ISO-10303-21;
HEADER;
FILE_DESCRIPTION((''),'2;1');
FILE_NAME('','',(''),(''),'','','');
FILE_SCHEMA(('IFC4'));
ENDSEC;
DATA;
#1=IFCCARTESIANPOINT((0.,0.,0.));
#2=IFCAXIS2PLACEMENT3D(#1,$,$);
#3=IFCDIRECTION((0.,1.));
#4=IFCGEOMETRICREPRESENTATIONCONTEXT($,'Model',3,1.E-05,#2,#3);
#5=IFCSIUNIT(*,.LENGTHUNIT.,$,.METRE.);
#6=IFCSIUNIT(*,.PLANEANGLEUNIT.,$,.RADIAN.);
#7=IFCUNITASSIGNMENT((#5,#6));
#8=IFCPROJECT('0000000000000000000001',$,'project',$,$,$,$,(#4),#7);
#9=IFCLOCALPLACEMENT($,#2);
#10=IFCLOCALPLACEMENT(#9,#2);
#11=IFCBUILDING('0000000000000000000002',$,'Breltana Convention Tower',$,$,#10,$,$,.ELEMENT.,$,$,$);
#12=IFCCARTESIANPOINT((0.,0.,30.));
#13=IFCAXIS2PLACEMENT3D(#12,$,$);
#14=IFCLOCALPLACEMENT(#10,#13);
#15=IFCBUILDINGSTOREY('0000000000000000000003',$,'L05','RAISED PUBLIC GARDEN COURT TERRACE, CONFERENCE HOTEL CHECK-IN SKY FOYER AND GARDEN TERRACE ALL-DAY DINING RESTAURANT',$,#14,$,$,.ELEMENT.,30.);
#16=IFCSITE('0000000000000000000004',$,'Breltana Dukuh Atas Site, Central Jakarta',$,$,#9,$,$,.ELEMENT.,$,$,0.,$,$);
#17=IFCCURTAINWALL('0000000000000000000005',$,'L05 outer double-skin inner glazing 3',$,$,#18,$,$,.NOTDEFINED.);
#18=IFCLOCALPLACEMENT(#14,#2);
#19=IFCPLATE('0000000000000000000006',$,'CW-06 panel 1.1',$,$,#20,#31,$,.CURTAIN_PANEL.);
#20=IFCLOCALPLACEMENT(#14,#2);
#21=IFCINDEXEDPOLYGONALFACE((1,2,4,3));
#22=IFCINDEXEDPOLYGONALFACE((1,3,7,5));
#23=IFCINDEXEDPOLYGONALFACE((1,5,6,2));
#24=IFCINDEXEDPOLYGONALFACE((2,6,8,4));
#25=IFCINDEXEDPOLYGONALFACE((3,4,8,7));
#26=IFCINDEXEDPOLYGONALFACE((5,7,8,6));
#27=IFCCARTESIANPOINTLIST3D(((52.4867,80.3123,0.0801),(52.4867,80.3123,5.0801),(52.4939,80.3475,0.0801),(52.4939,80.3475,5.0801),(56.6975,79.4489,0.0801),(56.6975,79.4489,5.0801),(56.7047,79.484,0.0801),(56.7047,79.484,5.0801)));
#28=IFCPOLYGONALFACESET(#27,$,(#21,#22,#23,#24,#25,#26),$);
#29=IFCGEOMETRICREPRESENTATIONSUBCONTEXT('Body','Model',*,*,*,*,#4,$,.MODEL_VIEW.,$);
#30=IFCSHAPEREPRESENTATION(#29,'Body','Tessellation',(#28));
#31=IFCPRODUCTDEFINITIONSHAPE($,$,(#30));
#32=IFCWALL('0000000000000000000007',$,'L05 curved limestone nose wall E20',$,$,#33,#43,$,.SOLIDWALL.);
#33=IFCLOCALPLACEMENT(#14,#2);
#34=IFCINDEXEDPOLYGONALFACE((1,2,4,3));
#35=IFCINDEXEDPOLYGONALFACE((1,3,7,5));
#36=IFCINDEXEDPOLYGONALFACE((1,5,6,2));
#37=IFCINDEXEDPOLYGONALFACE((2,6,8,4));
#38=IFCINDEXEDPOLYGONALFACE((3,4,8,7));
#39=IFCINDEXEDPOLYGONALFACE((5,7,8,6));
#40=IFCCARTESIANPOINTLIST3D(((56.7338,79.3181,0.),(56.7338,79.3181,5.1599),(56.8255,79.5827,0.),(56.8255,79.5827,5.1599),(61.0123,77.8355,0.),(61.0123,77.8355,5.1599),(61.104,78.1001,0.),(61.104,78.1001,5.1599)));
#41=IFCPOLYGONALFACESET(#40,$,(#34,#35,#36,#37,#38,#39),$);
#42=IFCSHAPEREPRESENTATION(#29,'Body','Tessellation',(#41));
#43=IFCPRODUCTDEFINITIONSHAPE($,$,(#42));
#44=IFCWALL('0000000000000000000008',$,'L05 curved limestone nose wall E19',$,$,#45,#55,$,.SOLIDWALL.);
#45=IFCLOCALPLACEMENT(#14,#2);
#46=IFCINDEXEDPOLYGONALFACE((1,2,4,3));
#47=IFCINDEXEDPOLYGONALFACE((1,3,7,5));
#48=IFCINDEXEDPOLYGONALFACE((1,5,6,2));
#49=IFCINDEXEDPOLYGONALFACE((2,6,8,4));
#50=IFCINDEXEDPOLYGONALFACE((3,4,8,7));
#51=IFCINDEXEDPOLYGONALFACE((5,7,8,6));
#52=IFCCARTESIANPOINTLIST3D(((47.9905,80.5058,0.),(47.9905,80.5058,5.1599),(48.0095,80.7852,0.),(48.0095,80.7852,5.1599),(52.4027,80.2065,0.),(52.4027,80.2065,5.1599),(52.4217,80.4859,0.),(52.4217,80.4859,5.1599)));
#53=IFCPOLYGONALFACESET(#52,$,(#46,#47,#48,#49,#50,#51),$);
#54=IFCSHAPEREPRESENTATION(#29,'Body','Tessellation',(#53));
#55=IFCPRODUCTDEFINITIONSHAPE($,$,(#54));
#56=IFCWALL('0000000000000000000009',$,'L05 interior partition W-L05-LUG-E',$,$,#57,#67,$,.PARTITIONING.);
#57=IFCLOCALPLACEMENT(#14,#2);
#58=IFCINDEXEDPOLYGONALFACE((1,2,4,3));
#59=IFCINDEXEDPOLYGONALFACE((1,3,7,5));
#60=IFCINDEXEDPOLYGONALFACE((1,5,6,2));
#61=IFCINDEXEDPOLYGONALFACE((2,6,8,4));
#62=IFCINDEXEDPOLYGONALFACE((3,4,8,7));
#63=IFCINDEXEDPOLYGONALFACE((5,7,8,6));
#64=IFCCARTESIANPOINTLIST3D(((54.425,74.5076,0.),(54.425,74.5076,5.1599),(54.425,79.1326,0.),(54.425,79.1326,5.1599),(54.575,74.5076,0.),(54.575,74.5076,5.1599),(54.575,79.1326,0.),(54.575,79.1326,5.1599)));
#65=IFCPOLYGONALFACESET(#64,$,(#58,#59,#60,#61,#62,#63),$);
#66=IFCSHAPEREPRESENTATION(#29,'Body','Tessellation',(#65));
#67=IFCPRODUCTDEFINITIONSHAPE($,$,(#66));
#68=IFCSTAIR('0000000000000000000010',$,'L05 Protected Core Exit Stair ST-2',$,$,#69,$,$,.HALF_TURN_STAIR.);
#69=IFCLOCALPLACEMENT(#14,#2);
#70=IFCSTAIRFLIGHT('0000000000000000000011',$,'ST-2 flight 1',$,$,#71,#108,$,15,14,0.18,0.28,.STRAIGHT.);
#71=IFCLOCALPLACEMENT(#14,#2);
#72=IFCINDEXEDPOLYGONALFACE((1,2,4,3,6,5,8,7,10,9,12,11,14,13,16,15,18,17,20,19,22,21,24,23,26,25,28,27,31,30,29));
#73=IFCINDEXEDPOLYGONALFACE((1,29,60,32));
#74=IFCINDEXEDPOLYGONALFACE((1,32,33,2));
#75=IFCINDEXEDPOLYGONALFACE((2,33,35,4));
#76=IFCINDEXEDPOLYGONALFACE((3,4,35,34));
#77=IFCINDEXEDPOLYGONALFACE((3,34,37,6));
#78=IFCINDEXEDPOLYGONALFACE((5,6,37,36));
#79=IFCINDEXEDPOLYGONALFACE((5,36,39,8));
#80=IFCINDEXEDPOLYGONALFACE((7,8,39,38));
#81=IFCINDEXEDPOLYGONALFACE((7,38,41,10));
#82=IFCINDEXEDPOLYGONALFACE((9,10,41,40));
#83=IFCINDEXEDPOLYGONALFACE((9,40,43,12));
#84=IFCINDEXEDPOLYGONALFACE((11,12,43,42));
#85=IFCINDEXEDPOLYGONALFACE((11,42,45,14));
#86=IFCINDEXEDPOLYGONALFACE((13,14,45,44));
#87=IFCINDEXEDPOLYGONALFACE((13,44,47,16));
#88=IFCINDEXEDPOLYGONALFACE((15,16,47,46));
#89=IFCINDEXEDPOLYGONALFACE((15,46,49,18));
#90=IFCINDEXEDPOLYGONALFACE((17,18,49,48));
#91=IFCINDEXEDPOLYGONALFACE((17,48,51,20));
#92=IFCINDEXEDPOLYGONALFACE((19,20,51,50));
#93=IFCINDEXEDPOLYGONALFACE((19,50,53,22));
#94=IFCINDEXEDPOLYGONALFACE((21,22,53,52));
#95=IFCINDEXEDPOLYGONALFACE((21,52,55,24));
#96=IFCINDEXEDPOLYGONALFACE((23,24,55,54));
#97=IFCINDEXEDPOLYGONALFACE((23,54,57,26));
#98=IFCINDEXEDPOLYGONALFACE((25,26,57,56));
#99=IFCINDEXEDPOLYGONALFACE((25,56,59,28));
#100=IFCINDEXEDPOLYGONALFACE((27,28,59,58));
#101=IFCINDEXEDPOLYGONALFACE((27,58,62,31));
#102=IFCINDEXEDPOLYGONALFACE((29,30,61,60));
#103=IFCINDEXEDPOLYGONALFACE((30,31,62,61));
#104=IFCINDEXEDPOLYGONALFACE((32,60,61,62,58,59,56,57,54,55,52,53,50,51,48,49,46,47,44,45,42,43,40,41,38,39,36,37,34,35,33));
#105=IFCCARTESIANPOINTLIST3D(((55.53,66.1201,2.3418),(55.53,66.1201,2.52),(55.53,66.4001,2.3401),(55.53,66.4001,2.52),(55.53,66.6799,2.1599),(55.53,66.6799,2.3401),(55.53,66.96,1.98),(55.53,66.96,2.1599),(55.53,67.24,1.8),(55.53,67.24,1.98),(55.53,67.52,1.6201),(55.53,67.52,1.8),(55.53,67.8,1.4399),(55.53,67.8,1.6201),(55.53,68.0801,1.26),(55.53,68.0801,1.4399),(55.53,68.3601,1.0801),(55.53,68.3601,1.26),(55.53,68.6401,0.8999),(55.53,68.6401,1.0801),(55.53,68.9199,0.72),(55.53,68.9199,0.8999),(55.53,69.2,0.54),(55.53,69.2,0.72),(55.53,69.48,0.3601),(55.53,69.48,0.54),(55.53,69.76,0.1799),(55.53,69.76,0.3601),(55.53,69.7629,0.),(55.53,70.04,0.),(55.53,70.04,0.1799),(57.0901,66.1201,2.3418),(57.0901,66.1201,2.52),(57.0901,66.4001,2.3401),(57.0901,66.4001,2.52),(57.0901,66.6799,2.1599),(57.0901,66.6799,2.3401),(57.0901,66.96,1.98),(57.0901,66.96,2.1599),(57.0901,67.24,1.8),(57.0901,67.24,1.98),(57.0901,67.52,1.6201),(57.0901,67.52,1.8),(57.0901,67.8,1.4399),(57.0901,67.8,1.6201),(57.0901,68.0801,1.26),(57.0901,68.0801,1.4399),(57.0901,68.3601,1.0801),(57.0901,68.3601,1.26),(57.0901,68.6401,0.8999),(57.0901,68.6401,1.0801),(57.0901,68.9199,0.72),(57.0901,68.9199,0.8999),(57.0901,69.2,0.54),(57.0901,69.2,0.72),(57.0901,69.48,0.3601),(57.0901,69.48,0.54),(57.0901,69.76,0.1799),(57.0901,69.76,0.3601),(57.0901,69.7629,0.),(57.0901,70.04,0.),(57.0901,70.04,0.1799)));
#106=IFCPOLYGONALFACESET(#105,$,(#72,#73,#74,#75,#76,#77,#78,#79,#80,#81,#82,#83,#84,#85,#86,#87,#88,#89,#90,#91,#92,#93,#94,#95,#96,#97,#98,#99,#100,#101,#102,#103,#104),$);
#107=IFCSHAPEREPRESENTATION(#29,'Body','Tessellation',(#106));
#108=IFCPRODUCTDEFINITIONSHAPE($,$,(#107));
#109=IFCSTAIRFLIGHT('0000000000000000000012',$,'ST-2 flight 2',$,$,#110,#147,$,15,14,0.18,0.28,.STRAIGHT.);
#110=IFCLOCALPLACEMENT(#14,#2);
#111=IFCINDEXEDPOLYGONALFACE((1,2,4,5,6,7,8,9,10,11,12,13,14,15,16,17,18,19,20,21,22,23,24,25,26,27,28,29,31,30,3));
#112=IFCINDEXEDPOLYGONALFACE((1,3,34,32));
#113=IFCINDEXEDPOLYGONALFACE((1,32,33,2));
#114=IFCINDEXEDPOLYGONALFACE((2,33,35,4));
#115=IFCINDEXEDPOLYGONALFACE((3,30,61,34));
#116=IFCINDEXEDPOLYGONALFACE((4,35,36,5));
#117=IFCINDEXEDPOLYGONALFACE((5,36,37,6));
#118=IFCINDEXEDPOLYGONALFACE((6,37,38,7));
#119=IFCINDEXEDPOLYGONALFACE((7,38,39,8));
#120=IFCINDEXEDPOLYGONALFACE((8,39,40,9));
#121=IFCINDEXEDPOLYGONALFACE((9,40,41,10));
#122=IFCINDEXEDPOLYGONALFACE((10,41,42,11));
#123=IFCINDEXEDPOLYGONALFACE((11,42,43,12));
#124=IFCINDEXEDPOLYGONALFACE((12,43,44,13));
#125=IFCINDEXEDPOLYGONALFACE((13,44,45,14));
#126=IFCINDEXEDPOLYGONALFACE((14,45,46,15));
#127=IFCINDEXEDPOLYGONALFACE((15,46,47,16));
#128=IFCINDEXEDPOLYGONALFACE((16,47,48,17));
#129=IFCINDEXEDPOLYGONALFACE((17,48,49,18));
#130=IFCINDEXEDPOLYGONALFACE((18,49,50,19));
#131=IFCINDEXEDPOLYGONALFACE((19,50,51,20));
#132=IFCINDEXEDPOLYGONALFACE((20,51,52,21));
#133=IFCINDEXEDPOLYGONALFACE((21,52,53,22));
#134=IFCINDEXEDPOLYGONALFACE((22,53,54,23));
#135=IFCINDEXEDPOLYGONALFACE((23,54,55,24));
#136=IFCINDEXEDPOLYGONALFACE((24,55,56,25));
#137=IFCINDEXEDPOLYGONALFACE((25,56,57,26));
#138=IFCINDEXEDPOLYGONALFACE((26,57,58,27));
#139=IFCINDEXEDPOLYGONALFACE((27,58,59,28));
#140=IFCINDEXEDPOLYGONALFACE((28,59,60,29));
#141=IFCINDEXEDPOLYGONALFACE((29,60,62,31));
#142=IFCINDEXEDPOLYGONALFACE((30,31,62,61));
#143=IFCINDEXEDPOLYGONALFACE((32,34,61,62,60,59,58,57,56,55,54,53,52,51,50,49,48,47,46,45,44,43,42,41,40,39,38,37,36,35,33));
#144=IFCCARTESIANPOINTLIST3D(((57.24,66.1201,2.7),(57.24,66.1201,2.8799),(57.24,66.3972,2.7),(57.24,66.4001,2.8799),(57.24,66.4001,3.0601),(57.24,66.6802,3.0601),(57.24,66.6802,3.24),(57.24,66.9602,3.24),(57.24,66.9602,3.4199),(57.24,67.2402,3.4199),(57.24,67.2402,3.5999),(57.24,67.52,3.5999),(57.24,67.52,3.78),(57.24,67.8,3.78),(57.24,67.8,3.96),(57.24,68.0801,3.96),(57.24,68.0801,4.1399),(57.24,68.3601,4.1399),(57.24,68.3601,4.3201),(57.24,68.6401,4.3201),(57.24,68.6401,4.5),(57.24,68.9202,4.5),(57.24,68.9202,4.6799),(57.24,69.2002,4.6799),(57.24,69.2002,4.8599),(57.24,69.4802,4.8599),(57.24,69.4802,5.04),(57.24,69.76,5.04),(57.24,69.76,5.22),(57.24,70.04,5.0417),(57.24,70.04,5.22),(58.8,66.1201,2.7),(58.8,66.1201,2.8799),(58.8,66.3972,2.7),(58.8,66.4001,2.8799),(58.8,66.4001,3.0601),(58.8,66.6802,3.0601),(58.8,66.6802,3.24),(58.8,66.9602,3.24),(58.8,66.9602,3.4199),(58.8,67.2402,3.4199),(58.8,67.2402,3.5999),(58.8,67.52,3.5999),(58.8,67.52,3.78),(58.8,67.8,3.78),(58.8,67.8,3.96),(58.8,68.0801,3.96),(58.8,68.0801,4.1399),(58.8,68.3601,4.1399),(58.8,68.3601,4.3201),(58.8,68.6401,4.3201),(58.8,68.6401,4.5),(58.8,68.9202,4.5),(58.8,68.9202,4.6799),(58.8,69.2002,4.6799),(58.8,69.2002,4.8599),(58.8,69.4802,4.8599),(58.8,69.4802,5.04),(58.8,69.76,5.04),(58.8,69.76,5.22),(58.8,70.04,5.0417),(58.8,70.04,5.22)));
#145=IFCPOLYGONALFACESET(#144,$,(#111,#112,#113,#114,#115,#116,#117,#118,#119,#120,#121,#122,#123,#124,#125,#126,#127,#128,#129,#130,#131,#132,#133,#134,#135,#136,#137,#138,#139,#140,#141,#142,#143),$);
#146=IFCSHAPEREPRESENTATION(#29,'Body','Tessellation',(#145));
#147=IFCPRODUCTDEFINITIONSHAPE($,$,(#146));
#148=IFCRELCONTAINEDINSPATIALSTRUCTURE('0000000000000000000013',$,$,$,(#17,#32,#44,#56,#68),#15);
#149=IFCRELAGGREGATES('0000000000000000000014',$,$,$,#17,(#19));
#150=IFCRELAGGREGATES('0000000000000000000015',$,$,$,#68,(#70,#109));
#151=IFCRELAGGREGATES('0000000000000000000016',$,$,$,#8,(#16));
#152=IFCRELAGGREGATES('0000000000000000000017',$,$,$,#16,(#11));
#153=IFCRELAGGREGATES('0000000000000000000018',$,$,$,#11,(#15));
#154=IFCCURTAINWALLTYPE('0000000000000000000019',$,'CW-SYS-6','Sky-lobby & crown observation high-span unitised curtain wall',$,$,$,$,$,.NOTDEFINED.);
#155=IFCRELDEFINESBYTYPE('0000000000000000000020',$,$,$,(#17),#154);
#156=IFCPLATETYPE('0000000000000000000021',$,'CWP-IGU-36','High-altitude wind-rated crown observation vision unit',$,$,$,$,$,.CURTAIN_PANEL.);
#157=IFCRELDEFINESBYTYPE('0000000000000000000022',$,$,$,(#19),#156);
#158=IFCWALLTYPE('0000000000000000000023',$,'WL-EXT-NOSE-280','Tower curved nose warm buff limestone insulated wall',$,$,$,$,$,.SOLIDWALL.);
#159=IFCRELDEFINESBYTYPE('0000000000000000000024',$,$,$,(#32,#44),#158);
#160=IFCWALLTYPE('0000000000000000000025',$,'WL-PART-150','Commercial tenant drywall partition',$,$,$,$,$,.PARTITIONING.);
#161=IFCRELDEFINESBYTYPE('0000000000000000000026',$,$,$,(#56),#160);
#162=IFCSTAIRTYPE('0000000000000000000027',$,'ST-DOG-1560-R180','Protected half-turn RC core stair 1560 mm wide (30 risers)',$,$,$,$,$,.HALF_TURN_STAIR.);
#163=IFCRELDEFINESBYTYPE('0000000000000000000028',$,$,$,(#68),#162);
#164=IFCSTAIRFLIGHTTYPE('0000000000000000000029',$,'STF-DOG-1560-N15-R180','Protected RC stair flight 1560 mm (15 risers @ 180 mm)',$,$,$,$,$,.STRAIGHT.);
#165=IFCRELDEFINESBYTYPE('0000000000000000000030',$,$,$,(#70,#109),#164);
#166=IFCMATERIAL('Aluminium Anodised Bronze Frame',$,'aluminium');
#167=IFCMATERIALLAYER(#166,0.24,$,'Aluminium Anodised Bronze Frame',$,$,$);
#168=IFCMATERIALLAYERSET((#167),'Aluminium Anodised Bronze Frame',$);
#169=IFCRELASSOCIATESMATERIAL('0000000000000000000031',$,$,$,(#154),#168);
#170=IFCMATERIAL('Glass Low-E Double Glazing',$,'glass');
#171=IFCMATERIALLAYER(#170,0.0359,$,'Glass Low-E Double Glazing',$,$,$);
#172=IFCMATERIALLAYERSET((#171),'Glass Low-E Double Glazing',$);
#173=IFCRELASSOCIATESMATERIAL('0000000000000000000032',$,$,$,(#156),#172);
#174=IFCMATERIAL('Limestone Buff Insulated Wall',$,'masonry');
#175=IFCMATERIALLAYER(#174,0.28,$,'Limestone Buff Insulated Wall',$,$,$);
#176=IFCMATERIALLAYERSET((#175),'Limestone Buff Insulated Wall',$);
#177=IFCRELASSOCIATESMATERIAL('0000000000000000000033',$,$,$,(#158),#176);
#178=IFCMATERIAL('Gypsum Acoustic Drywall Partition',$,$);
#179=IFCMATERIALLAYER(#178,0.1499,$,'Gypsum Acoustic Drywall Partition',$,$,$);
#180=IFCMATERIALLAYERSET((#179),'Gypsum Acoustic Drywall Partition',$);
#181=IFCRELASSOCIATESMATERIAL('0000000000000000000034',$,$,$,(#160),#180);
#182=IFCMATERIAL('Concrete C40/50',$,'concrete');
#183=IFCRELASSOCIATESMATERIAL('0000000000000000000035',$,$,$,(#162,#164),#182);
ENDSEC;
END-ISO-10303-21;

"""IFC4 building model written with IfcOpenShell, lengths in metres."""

from ifc_helpers import new_model, si_unit, direction, frame, frame_2d, origin, origin_2d, place, context, subcontext, project, spatial, polyline, rectangle, outline, extrude, source, transform, mapped, material, layer, layer_set, type_object, element, aggregate, save


model = new_model("IFC4")

# Units and contexts
model_context = context("Model", 3, precision=1e-05, world=origin(), true_north=direction((0.0, 1.0)))
body_context = subcontext(model_context, "Body", "Model", "MODEL_VIEW")
ifc_project = project(units=[si_unit("LENGTHUNIT", "METRE"), si_unit("PLANEANGLEUNIT", "RADIAN")], contexts=[model_context])

# Site, building, storey
site_placement = place(None, origin())
site = spatial("IfcSite", under=ifc_project, at=site_placement, Name="Breltana Dukuh Atas Site, Central Jakarta", CompositionType="ELEMENT", RefElevation=0.0)
building_placement = place(site_placement, origin())
building = spatial("IfcBuilding", under=site, at=building_placement, Name="Breltana Convention Tower", CompositionType="ELEMENT")
storey_placement = place(building_placement, frame((0.0, 0.0, 30.0)))
storey = spatial("IfcBuildingStorey", under=building, at=storey_placement, Name="L05", Description="RAISED PUBLIC GARDEN COURT TERRACE, CONFERENCE HOTEL CHECK-IN SKY FOYER AND GARDEN TERRACE ALL-DAY DINING RESTAURANT", CompositionType="ELEMENT", Elevation=30.0)

# Curtain wall, plate
ifc_material_1 = material(Name="Aluminium Anodised Bronze Frame", Category="aluminium")
ifc_layer_1 = layer(ifc_material_1, 0.24, Name="Aluminium Anodised Bronze Frame")
ifc_layer_set_1 = layer_set([ifc_layer_1], Name="Aluminium Anodised Bronze Frame")
curtain_wall_type = type_object("IfcCurtainWallType", Name="CW-SYS-6", Description="Sky-lobby & crown observation high-span unitised curtain wall", PredefinedType="NOTDEFINED", material=ifc_layer_set_1)
curtain_wall_placement = place(storey_placement, origin())
curtain_wall = element("IfcCurtainWall", 1, at=curtain_wall_placement, inside=storey, type_object=curtain_wall_type, Name="L05 outer double-skin inner glazing 3", PredefinedType="NOTDEFINED")
ifc_material_2 = material(Name="Glass Low-E Double Glazing", Category="glass")
ifc_layer_2 = layer(ifc_material_2, 0.0359, Name="Glass Low-E Double Glazing")
ifc_layer_set_2 = layer_set([ifc_layer_2], Name="Glass Low-E Double Glazing")
plate_type = type_object("IfcPlateType", Name="CWP-IGU-36", Description="High-altitude wind-rated crown observation vision unit", PredefinedType="CURTAIN_PANEL", material=ifc_layer_set_2)
shared_shape_1 = source(origin(), body_context, "Body", "SweptSolid", [
    extrude(rectangle(XDim=4.2983, YDim=0.0359, at=origin_2d()), origin(), (0.0, 0.0, 1.0), 5.0),
])
plate_placement = place(storey_placement, frame((54.5957, 79.8982, 0.0801), z_axis=(0.0, 0.0, 1.0), x_axis=(0.979615, -0.200885, 0.0)))
plate = element("IfcPlate", 2, at=plate_placement, type_object=plate_type, Name="CW-06 panel 1.1", PredefinedType="CURTAIN_PANEL", context=body_context, shape_type="MappedRepresentation", body=[
    mapped(shared_shape_1, transform((0.0, 0.0, 0.0), scale=1.0)),
])
aggregate(curtain_wall, [plate])

# Walls
ifc_material_3 = material(Name="Limestone Buff Insulated Wall", Category="masonry")
ifc_layer_3 = layer(ifc_material_3, 0.28, Name="Limestone Buff Insulated Wall")
ifc_layer_set_3 = layer_set([ifc_layer_3], Name="Limestone Buff Insulated Wall")
wall_type_1 = type_object("IfcWallType", Name="WL-EXT-NOSE-280", Description="Tower curved nose warm buff limestone insulated wall", PredefinedType="SOLIDWALL", material=ifc_layer_set_3)
shared_shape_2 = source(origin(), body_context, "Body", "SweptSolid", [
    extrude(rectangle(XDim=4.5281, YDim=0.28, at=frame_2d((2.2642, 0.0))), origin(), (0.0, 0.0, 1.0), 5.1599),
])
wall_1_placement = place(storey_placement, frame((56.7795, 79.4504, 0.0), z_axis=(0.0, 0.0, 1.0), x_axis=(0.944875, -0.327431, 0.0)))
element("IfcWall", 3, at=wall_1_placement, inside=storey, type_object=wall_type_1, Name="L05 curved limestone nose wall E20", PredefinedType="SOLIDWALL", context=body_context, shape_type="MappedRepresentation", body=[
    mapped(shared_shape_2, transform((0.0, 0.0, 0.0), scale=1.0)),
])
shared_shape_3 = source(origin(), body_context, "Body", "SweptSolid", [
    extrude(rectangle(XDim=4.4224, YDim=0.28, at=frame_2d((2.2112, 0.0))), origin(), (0.0, 0.0, 1.0), 5.1599),
])
wall_2_placement = place(storey_placement, frame((48.0, 80.6455, 0.0), z_axis=(0.0, 0.0, 1.0), x_axis=(0.997707, -0.067684, 0.0)))
element("IfcWall", 4, at=wall_2_placement, inside=storey, type_object=wall_type_1, Name="L05 curved limestone nose wall E19", PredefinedType="SOLIDWALL", context=body_context, shape_type="MappedRepresentation", body=[
    mapped(shared_shape_3, transform((0.0, 0.0, 0.0), scale=1.0)),
])

# Wall
ifc_material_4 = material(Name="Gypsum Acoustic Drywall Partition")
ifc_layer_4 = layer(ifc_material_4, 0.1499, Name="Gypsum Acoustic Drywall Partition")
ifc_layer_set_4 = layer_set([ifc_layer_4], Name="Gypsum Acoustic Drywall Partition")
wall_type_2 = type_object("IfcWallType", Name="WL-PART-150", Description="Commercial tenant drywall partition", PredefinedType="PARTITIONING", material=ifc_layer_set_4)
shared_shape_4 = source(origin(), body_context, "Body", "SweptSolid", [
    extrude(rectangle(XDim=4.625, YDim=0.1499, at=frame_2d((2.3125, 0.0))), origin(), (0.0, 0.0, 1.0), 5.1599),
])
wall_3_placement = place(storey_placement, frame((54.5, 74.5076, 0.0), z_axis=(0.0, 0.0, 1.0), x_axis=(0.0, 1.0, 0.0)))
element("IfcWall", 5, at=wall_3_placement, inside=storey, type_object=wall_type_2, Name="L05 interior partition W-L05-LUG-E", PredefinedType="PARTITIONING", context=body_context, shape_type="MappedRepresentation", body=[
    mapped(shared_shape_4, transform((0.0, 0.0, 0.0), scale=1.0)),
])

# Stair, stair flights
ifc_material_5 = material(Name="Concrete C40/50", Category="concrete")
stair_type = type_object("IfcStairType", Name="ST-DOG-1560-R180", Description="Protected half-turn RC core stair 1560 mm wide (30 risers)", PredefinedType="HALF_TURN_STAIR", material=ifc_material_5)
stair_placement = place(storey_placement, origin())
stair = element("IfcStair", 6, at=stair_placement, inside=storey, type_object=stair_type, Name="L05 Protected Core Exit Stair ST-2", PredefinedType="HALF_TURN_STAIR")
stair_flight_type = type_object("IfcStairFlightType", Name="STF-DOG-1560-N15-R180", Description="Protected RC stair flight 1560 mm (15 risers @ 180 mm)", PredefinedType="STRAIGHT", material=ifc_material_5)
stair_flight_1_placement = place(storey_placement, frame((56.3101, 70.04, 0.0), z_axis=(0.0, 0.0, 1.0), x_axis=(0.0, -1.0, 0.0)))
stair_flight_1 = element("IfcStairFlight", 7, at=stair_flight_1_placement, type_object=stair_flight_type, Name="ST-2 flight 1", NumberOfRisers=15, NumberOfTreads=14, PredefinedType="STRAIGHT", RiserHeight=0.18, TreadLength=0.28, context=body_context, shape_type="SweptSolid", body=[
    extrude(outline(polyline([(0.0, 0.0), (0.0, 0.1799), (0.28, 0.1799), (0.28, 0.3601), (0.5601, 0.3601), (0.5601, 0.54), (0.8401, 0.54), (0.8401, 0.72), (1.1201, 0.72), (1.1201, 0.8999), (1.3999, 0.8999), (1.3999, 1.0801), (1.6799, 1.0801), (1.6799, 1.26), (1.96, 1.26), (1.96, 1.4399), (2.24, 1.4399), (2.24, 1.6201), (2.52, 1.6201), (2.52, 1.8), (2.8, 1.8), (2.8, 1.98), (3.0801, 1.98), (3.0801, 2.1599), (3.3601, 2.1599), (3.3601, 2.3401), (3.6399, 2.3401), (3.6399, 2.52), (3.9199, 2.52), (3.9199, 2.7), (3.9199, 2.3418), (0.2771, 0.0), (0.0, 0.0)])), frame((0.0, 0.78, 0.0), z_axis=(0.0, -1.0, 0.0), x_axis=(1.0, 0.0, 0.0)), (0.0, 0.0, 1.0), 1.5601),
])
stair_flight_2_placement = place(storey_placement, frame((58.02, 66.1201, 2.7), z_axis=(0.0, 0.0, 1.0), x_axis=(0.0, 1.0, 0.0)))
stair_flight_2 = element("IfcStairFlight", 8, at=stair_flight_2_placement, type_object=stair_flight_type, Name="ST-2 flight 2", NumberOfRisers=15, NumberOfTreads=14, PredefinedType="STRAIGHT", RiserHeight=0.18, TreadLength=0.28, context=body_context, shape_type="SweptSolid", body=[
    extrude(outline(polyline([(0.0, 0.0), (0.0, 0.1799), (0.28, 0.1799), (0.28, 0.3601), (0.5601, 0.3601), (0.5601, 0.54), (0.8401, 0.54), (0.8401, 0.72), (1.1201, 0.72), (1.1201, 0.8999), (1.3999, 0.8999), (1.3999, 1.0801), (1.6799, 1.0801), (1.6799, 1.26), (1.96, 1.26), (1.96, 1.4399), (2.24, 1.4399), (2.24, 1.6201), (2.52, 1.6201), (2.52, 1.8), (2.8, 1.8), (2.8, 1.98), (3.0801, 1.98), (3.0801, 2.1599), (3.3601, 2.1599), (3.3601, 2.3401), (3.6399, 2.3401), (3.6399, 2.52), (3.9199, 2.52), (3.9199, 2.7), (3.9199, 2.3418), (0.2771, 0.0), (0.0, 0.0)])), frame((0.0, 0.78, 0.0), z_axis=(0.0, -1.0, 0.0), x_axis=(1.0, 0.0, 0.0)), (0.0, 0.0, 1.0), 1.5601),
])
aggregate(stair, [stair_flight_1, stair_flight_2])

save(model, "model.ifc")
